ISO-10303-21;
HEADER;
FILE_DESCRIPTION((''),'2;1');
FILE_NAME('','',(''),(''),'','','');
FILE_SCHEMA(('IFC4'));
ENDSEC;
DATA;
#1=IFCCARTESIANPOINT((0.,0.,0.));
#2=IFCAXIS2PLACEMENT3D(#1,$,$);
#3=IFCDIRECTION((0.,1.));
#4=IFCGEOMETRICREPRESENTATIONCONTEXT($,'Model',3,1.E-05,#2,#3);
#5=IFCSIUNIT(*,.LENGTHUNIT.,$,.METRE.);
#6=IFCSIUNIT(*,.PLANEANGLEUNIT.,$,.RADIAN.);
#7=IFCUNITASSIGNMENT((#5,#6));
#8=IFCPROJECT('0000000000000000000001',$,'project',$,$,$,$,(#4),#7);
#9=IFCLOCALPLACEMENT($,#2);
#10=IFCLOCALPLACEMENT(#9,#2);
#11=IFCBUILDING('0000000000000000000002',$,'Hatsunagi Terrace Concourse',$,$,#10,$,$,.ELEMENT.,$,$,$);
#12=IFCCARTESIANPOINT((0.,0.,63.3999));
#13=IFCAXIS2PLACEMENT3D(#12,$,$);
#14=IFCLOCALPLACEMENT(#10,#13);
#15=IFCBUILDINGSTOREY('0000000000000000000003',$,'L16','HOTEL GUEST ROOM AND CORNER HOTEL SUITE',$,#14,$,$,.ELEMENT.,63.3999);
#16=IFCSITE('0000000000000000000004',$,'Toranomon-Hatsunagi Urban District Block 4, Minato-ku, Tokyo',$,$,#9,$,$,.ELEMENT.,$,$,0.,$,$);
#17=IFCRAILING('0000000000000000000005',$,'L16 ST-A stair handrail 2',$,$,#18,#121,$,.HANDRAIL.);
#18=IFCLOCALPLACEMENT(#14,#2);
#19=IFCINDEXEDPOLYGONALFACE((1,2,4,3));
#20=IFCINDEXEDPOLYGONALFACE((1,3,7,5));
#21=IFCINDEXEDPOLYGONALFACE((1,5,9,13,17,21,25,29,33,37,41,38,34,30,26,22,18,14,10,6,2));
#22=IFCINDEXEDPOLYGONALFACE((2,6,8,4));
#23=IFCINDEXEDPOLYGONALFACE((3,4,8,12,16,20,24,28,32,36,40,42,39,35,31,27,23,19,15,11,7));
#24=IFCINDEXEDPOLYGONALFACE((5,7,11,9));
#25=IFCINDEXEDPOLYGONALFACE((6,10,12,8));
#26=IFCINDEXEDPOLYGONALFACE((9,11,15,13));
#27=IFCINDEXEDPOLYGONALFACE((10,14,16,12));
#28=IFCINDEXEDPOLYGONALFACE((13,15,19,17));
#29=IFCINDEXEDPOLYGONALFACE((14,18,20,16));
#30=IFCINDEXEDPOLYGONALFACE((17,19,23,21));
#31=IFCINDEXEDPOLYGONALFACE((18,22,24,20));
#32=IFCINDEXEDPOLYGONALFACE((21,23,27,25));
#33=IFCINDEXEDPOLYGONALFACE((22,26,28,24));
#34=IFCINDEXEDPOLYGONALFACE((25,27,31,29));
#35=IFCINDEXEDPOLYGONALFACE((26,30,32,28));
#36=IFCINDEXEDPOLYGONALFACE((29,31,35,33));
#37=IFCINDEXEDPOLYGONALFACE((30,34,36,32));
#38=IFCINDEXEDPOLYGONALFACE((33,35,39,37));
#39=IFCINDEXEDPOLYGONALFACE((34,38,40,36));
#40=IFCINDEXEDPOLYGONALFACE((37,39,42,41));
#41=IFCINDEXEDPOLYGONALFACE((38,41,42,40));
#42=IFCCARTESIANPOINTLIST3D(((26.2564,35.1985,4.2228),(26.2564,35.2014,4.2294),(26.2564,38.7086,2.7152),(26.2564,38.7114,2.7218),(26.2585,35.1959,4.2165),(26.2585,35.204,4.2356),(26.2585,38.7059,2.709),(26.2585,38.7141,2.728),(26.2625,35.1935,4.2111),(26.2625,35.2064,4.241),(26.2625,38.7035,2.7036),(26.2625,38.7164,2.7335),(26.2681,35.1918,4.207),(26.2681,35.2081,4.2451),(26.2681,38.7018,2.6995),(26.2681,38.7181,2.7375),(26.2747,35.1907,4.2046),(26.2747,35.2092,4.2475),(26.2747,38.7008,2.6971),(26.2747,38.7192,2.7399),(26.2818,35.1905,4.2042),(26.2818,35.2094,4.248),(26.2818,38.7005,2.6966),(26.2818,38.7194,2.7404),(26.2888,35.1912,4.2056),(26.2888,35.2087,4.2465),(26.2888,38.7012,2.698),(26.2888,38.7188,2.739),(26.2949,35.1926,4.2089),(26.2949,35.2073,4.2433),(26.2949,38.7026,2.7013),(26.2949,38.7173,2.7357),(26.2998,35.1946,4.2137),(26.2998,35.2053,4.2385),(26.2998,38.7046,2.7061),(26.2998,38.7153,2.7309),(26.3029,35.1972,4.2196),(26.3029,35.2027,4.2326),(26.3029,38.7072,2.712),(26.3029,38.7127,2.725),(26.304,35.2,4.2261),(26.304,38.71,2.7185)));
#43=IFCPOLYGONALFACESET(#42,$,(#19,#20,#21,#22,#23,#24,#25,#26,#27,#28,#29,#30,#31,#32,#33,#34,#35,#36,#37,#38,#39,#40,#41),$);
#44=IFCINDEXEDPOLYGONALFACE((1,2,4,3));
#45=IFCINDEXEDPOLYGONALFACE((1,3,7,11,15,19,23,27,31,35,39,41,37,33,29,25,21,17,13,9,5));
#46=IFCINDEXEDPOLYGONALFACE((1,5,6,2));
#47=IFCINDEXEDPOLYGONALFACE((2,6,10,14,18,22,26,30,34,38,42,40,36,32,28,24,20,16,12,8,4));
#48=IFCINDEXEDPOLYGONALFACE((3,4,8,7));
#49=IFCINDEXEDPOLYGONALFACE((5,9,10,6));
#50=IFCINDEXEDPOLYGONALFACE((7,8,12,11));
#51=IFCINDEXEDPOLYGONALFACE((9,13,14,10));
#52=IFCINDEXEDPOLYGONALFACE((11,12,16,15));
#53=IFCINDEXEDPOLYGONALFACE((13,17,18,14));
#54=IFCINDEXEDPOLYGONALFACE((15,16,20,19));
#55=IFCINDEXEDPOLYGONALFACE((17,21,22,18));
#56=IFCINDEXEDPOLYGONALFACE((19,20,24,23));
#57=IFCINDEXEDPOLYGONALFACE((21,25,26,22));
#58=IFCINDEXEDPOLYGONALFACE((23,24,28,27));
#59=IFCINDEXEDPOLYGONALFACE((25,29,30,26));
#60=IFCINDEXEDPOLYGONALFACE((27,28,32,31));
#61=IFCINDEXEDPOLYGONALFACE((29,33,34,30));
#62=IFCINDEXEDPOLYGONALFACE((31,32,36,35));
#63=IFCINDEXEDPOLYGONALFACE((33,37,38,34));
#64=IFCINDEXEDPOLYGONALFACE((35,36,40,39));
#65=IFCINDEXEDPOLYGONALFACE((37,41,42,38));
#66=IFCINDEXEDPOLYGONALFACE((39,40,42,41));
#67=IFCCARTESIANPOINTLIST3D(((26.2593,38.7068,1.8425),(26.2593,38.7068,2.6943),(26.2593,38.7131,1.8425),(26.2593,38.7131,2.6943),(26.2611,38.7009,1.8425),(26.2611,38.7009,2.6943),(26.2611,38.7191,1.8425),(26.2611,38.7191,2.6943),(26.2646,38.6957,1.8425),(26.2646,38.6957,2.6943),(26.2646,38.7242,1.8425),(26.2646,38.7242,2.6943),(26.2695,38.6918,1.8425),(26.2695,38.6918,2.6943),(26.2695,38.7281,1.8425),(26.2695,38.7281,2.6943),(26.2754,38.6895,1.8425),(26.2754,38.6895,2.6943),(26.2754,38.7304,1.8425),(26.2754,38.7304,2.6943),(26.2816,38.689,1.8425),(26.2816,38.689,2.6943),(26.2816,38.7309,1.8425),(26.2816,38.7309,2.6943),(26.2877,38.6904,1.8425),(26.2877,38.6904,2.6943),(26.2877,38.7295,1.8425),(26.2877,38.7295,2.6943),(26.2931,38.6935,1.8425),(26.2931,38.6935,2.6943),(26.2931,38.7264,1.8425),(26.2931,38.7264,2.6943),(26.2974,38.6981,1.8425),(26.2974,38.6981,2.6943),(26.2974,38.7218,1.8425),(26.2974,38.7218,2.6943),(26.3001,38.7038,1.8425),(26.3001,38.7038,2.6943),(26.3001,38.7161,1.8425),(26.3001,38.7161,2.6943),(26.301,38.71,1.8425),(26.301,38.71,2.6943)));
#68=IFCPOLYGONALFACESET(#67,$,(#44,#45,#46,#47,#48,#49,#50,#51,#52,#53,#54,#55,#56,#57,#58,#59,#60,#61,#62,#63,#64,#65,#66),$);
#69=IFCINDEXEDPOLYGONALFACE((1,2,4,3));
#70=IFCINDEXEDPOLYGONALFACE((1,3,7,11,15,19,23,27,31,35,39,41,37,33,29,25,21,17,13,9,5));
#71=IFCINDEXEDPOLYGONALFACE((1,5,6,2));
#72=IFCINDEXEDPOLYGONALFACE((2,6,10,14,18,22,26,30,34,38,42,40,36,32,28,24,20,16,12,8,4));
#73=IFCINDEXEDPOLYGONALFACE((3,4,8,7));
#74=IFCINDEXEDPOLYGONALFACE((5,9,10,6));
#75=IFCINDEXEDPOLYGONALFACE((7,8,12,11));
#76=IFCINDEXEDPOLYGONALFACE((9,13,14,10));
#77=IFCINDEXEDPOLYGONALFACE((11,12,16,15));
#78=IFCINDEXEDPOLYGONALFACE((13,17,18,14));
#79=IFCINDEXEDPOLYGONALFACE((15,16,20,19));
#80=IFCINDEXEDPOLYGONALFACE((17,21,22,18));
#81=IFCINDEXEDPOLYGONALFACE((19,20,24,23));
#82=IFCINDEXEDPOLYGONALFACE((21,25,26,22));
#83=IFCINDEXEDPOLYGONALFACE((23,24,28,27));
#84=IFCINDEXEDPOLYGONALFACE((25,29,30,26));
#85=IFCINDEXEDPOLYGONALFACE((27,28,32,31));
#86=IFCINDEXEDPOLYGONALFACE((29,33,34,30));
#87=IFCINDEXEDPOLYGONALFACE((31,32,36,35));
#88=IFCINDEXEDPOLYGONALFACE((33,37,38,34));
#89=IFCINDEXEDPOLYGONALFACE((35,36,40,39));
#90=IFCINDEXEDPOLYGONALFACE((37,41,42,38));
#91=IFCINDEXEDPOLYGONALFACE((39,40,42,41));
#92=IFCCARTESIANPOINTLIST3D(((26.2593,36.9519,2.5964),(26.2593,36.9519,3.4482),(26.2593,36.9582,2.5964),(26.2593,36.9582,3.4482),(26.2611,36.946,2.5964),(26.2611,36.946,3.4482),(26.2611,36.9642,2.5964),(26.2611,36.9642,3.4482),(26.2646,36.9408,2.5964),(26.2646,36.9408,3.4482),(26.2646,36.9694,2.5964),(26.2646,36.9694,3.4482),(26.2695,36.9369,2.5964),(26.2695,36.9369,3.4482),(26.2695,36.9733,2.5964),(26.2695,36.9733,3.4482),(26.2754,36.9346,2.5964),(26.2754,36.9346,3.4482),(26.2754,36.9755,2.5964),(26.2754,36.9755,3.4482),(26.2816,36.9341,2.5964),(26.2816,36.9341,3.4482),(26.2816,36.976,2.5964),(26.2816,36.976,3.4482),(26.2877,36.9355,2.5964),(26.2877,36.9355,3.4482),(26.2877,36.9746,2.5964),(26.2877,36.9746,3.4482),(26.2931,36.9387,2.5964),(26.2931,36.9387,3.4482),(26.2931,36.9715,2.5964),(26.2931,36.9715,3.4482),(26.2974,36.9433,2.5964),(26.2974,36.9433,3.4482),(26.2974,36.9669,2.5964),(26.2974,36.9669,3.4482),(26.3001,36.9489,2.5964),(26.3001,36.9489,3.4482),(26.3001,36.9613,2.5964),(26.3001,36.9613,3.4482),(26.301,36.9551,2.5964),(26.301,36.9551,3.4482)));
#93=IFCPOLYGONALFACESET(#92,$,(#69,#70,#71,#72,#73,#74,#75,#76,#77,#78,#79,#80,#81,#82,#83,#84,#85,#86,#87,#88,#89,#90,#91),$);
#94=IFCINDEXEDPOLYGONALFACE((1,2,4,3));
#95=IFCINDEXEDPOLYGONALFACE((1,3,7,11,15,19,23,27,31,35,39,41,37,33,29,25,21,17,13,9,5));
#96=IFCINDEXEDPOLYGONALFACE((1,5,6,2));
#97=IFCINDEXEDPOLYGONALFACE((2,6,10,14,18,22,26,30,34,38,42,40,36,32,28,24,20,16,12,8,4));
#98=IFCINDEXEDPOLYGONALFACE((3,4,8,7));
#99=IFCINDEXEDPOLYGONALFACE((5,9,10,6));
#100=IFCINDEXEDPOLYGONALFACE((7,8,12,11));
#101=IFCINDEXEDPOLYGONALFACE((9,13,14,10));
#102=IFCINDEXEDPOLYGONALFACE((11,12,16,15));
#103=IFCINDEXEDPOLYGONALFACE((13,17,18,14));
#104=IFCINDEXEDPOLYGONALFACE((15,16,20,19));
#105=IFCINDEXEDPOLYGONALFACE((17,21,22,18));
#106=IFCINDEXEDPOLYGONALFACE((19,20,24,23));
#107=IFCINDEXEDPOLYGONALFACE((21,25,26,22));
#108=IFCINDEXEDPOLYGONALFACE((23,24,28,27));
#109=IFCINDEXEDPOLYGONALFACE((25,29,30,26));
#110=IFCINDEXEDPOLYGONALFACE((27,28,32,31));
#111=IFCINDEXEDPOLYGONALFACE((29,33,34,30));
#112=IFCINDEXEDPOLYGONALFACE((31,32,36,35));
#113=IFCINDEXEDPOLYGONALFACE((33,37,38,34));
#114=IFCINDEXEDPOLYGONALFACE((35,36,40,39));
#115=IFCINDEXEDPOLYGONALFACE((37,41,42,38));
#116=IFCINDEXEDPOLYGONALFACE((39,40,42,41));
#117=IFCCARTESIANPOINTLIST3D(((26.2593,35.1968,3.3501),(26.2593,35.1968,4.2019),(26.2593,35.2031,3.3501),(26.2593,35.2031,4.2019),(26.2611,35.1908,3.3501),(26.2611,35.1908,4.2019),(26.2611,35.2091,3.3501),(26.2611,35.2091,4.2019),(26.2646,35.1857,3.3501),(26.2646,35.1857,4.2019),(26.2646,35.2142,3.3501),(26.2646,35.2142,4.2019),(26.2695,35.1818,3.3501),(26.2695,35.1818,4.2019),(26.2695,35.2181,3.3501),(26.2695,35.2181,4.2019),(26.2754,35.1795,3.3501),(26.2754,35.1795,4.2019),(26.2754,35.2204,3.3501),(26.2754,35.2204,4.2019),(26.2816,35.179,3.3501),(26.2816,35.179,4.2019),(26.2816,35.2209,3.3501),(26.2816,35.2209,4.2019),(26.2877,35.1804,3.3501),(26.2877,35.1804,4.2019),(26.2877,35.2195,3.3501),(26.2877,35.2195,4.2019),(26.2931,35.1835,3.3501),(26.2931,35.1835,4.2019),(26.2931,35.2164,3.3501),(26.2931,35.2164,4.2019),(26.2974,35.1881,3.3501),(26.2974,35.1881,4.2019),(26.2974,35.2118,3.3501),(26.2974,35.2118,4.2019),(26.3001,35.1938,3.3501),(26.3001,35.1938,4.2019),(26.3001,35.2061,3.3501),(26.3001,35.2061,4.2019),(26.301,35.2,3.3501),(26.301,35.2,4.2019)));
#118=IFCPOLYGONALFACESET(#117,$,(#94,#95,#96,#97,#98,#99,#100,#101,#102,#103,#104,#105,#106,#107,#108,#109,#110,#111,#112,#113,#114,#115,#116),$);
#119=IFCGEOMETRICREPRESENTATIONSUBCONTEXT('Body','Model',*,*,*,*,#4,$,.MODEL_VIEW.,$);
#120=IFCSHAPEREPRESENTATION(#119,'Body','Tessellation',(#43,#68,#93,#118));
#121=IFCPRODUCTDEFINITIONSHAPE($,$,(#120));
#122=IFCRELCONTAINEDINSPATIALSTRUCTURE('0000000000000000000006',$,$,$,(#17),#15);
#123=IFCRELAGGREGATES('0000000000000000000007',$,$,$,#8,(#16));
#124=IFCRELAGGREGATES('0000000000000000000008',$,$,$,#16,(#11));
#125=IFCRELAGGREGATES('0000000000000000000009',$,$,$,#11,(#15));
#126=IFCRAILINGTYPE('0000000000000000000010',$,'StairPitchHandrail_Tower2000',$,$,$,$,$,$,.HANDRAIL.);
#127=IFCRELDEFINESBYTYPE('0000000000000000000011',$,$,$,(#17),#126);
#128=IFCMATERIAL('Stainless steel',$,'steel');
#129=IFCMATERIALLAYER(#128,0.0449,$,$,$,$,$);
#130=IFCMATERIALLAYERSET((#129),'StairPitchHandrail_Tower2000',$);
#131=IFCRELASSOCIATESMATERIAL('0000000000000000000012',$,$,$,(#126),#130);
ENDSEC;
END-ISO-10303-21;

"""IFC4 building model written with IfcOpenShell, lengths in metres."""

from ifc_helpers import new_model, si_unit, direction, frame, origin, origin_2d, place, context, subcontext, project, spatial, circle, extrude, material, layer, layer_set, type_object, element, save


model = new_model("IFC4")

# Units and contexts
model_context = context("Model", 3, precision=1e-05, world=origin(), true_north=direction((0.0, 1.0)))
body_context = subcontext(model_context, "Body", "Model", "MODEL_VIEW")
ifc_project = project(units=[si_unit("LENGTHUNIT", "METRE"), si_unit("PLANEANGLEUNIT", "RADIAN")], contexts=[model_context])

# Site, building, storey
site_placement = place(None, origin())
site = spatial("IfcSite", under=ifc_project, at=site_placement, Name="Toranomon-Hatsunagi Urban District Block 4, Minato-ku, Tokyo", CompositionType="ELEMENT", RefElevation=0.0)
building_placement = place(site_placement, origin())
building = spatial("IfcBuilding", under=site, at=building_placement, Name="Hatsunagi Terrace Concourse", CompositionType="ELEMENT")
storey_placement = place(building_placement, frame((0.0, 0.0, 63.3999)))
storey = spatial("IfcBuildingStorey", under=building, at=storey_placement, Name="L16", Description="HOTEL GUEST ROOM AND CORNER HOTEL SUITE", CompositionType="ELEMENT", Elevation=63.3999)

# Railing
ifc_material_1 = material(Name="Stainless steel", Category="steel")
ifc_layer_1 = layer(ifc_material_1, 0.0449)
ifc_layer_set_1 = layer_set([ifc_layer_1], Name="StairPitchHandrail_Tower2000")
railing_type_1 = type_object("IfcRailingType", Name="StairPitchHandrail_Tower2000", PredefinedType="HANDRAIL", material=ifc_layer_set_1)
railing_1_placement = place(storey_placement, frame((26.28, 38.71, 1.8425)))
element("IfcRailing", 1, at=railing_1_placement, inside=storey, type_object=railing_type_1, Name="L16 ST-A stair handrail 2", PredefinedType="HANDRAIL", context=body_context, shape_type="SweptSolid", body=[
    extrude(circle(Radius=0.0239, at=origin_2d()), frame((0.0, 0.0, 0.876), z_axis=(0.0, -0.918834, 0.394644), x_axis=(1.0, 0.0, 0.0)), (0.0, 0.0, 1.0), 3.8201),
    extrude(circle(Radius=0.021, at=origin_2d()), origin(), (0.0, 0.0, 1.0), 0.8518),
    extrude(circle(Radius=0.021, at=origin_2d()), frame((0.0, -1.7549, 0.7539)), (0.0, 0.0, 1.0), 0.8518),
    extrude(circle(Radius=0.021, at=origin_2d()), frame((0.0, -3.51, 1.5076)), (0.0, 0.0, 1.0), 0.8518),
])

save(model, "model.ifc")
